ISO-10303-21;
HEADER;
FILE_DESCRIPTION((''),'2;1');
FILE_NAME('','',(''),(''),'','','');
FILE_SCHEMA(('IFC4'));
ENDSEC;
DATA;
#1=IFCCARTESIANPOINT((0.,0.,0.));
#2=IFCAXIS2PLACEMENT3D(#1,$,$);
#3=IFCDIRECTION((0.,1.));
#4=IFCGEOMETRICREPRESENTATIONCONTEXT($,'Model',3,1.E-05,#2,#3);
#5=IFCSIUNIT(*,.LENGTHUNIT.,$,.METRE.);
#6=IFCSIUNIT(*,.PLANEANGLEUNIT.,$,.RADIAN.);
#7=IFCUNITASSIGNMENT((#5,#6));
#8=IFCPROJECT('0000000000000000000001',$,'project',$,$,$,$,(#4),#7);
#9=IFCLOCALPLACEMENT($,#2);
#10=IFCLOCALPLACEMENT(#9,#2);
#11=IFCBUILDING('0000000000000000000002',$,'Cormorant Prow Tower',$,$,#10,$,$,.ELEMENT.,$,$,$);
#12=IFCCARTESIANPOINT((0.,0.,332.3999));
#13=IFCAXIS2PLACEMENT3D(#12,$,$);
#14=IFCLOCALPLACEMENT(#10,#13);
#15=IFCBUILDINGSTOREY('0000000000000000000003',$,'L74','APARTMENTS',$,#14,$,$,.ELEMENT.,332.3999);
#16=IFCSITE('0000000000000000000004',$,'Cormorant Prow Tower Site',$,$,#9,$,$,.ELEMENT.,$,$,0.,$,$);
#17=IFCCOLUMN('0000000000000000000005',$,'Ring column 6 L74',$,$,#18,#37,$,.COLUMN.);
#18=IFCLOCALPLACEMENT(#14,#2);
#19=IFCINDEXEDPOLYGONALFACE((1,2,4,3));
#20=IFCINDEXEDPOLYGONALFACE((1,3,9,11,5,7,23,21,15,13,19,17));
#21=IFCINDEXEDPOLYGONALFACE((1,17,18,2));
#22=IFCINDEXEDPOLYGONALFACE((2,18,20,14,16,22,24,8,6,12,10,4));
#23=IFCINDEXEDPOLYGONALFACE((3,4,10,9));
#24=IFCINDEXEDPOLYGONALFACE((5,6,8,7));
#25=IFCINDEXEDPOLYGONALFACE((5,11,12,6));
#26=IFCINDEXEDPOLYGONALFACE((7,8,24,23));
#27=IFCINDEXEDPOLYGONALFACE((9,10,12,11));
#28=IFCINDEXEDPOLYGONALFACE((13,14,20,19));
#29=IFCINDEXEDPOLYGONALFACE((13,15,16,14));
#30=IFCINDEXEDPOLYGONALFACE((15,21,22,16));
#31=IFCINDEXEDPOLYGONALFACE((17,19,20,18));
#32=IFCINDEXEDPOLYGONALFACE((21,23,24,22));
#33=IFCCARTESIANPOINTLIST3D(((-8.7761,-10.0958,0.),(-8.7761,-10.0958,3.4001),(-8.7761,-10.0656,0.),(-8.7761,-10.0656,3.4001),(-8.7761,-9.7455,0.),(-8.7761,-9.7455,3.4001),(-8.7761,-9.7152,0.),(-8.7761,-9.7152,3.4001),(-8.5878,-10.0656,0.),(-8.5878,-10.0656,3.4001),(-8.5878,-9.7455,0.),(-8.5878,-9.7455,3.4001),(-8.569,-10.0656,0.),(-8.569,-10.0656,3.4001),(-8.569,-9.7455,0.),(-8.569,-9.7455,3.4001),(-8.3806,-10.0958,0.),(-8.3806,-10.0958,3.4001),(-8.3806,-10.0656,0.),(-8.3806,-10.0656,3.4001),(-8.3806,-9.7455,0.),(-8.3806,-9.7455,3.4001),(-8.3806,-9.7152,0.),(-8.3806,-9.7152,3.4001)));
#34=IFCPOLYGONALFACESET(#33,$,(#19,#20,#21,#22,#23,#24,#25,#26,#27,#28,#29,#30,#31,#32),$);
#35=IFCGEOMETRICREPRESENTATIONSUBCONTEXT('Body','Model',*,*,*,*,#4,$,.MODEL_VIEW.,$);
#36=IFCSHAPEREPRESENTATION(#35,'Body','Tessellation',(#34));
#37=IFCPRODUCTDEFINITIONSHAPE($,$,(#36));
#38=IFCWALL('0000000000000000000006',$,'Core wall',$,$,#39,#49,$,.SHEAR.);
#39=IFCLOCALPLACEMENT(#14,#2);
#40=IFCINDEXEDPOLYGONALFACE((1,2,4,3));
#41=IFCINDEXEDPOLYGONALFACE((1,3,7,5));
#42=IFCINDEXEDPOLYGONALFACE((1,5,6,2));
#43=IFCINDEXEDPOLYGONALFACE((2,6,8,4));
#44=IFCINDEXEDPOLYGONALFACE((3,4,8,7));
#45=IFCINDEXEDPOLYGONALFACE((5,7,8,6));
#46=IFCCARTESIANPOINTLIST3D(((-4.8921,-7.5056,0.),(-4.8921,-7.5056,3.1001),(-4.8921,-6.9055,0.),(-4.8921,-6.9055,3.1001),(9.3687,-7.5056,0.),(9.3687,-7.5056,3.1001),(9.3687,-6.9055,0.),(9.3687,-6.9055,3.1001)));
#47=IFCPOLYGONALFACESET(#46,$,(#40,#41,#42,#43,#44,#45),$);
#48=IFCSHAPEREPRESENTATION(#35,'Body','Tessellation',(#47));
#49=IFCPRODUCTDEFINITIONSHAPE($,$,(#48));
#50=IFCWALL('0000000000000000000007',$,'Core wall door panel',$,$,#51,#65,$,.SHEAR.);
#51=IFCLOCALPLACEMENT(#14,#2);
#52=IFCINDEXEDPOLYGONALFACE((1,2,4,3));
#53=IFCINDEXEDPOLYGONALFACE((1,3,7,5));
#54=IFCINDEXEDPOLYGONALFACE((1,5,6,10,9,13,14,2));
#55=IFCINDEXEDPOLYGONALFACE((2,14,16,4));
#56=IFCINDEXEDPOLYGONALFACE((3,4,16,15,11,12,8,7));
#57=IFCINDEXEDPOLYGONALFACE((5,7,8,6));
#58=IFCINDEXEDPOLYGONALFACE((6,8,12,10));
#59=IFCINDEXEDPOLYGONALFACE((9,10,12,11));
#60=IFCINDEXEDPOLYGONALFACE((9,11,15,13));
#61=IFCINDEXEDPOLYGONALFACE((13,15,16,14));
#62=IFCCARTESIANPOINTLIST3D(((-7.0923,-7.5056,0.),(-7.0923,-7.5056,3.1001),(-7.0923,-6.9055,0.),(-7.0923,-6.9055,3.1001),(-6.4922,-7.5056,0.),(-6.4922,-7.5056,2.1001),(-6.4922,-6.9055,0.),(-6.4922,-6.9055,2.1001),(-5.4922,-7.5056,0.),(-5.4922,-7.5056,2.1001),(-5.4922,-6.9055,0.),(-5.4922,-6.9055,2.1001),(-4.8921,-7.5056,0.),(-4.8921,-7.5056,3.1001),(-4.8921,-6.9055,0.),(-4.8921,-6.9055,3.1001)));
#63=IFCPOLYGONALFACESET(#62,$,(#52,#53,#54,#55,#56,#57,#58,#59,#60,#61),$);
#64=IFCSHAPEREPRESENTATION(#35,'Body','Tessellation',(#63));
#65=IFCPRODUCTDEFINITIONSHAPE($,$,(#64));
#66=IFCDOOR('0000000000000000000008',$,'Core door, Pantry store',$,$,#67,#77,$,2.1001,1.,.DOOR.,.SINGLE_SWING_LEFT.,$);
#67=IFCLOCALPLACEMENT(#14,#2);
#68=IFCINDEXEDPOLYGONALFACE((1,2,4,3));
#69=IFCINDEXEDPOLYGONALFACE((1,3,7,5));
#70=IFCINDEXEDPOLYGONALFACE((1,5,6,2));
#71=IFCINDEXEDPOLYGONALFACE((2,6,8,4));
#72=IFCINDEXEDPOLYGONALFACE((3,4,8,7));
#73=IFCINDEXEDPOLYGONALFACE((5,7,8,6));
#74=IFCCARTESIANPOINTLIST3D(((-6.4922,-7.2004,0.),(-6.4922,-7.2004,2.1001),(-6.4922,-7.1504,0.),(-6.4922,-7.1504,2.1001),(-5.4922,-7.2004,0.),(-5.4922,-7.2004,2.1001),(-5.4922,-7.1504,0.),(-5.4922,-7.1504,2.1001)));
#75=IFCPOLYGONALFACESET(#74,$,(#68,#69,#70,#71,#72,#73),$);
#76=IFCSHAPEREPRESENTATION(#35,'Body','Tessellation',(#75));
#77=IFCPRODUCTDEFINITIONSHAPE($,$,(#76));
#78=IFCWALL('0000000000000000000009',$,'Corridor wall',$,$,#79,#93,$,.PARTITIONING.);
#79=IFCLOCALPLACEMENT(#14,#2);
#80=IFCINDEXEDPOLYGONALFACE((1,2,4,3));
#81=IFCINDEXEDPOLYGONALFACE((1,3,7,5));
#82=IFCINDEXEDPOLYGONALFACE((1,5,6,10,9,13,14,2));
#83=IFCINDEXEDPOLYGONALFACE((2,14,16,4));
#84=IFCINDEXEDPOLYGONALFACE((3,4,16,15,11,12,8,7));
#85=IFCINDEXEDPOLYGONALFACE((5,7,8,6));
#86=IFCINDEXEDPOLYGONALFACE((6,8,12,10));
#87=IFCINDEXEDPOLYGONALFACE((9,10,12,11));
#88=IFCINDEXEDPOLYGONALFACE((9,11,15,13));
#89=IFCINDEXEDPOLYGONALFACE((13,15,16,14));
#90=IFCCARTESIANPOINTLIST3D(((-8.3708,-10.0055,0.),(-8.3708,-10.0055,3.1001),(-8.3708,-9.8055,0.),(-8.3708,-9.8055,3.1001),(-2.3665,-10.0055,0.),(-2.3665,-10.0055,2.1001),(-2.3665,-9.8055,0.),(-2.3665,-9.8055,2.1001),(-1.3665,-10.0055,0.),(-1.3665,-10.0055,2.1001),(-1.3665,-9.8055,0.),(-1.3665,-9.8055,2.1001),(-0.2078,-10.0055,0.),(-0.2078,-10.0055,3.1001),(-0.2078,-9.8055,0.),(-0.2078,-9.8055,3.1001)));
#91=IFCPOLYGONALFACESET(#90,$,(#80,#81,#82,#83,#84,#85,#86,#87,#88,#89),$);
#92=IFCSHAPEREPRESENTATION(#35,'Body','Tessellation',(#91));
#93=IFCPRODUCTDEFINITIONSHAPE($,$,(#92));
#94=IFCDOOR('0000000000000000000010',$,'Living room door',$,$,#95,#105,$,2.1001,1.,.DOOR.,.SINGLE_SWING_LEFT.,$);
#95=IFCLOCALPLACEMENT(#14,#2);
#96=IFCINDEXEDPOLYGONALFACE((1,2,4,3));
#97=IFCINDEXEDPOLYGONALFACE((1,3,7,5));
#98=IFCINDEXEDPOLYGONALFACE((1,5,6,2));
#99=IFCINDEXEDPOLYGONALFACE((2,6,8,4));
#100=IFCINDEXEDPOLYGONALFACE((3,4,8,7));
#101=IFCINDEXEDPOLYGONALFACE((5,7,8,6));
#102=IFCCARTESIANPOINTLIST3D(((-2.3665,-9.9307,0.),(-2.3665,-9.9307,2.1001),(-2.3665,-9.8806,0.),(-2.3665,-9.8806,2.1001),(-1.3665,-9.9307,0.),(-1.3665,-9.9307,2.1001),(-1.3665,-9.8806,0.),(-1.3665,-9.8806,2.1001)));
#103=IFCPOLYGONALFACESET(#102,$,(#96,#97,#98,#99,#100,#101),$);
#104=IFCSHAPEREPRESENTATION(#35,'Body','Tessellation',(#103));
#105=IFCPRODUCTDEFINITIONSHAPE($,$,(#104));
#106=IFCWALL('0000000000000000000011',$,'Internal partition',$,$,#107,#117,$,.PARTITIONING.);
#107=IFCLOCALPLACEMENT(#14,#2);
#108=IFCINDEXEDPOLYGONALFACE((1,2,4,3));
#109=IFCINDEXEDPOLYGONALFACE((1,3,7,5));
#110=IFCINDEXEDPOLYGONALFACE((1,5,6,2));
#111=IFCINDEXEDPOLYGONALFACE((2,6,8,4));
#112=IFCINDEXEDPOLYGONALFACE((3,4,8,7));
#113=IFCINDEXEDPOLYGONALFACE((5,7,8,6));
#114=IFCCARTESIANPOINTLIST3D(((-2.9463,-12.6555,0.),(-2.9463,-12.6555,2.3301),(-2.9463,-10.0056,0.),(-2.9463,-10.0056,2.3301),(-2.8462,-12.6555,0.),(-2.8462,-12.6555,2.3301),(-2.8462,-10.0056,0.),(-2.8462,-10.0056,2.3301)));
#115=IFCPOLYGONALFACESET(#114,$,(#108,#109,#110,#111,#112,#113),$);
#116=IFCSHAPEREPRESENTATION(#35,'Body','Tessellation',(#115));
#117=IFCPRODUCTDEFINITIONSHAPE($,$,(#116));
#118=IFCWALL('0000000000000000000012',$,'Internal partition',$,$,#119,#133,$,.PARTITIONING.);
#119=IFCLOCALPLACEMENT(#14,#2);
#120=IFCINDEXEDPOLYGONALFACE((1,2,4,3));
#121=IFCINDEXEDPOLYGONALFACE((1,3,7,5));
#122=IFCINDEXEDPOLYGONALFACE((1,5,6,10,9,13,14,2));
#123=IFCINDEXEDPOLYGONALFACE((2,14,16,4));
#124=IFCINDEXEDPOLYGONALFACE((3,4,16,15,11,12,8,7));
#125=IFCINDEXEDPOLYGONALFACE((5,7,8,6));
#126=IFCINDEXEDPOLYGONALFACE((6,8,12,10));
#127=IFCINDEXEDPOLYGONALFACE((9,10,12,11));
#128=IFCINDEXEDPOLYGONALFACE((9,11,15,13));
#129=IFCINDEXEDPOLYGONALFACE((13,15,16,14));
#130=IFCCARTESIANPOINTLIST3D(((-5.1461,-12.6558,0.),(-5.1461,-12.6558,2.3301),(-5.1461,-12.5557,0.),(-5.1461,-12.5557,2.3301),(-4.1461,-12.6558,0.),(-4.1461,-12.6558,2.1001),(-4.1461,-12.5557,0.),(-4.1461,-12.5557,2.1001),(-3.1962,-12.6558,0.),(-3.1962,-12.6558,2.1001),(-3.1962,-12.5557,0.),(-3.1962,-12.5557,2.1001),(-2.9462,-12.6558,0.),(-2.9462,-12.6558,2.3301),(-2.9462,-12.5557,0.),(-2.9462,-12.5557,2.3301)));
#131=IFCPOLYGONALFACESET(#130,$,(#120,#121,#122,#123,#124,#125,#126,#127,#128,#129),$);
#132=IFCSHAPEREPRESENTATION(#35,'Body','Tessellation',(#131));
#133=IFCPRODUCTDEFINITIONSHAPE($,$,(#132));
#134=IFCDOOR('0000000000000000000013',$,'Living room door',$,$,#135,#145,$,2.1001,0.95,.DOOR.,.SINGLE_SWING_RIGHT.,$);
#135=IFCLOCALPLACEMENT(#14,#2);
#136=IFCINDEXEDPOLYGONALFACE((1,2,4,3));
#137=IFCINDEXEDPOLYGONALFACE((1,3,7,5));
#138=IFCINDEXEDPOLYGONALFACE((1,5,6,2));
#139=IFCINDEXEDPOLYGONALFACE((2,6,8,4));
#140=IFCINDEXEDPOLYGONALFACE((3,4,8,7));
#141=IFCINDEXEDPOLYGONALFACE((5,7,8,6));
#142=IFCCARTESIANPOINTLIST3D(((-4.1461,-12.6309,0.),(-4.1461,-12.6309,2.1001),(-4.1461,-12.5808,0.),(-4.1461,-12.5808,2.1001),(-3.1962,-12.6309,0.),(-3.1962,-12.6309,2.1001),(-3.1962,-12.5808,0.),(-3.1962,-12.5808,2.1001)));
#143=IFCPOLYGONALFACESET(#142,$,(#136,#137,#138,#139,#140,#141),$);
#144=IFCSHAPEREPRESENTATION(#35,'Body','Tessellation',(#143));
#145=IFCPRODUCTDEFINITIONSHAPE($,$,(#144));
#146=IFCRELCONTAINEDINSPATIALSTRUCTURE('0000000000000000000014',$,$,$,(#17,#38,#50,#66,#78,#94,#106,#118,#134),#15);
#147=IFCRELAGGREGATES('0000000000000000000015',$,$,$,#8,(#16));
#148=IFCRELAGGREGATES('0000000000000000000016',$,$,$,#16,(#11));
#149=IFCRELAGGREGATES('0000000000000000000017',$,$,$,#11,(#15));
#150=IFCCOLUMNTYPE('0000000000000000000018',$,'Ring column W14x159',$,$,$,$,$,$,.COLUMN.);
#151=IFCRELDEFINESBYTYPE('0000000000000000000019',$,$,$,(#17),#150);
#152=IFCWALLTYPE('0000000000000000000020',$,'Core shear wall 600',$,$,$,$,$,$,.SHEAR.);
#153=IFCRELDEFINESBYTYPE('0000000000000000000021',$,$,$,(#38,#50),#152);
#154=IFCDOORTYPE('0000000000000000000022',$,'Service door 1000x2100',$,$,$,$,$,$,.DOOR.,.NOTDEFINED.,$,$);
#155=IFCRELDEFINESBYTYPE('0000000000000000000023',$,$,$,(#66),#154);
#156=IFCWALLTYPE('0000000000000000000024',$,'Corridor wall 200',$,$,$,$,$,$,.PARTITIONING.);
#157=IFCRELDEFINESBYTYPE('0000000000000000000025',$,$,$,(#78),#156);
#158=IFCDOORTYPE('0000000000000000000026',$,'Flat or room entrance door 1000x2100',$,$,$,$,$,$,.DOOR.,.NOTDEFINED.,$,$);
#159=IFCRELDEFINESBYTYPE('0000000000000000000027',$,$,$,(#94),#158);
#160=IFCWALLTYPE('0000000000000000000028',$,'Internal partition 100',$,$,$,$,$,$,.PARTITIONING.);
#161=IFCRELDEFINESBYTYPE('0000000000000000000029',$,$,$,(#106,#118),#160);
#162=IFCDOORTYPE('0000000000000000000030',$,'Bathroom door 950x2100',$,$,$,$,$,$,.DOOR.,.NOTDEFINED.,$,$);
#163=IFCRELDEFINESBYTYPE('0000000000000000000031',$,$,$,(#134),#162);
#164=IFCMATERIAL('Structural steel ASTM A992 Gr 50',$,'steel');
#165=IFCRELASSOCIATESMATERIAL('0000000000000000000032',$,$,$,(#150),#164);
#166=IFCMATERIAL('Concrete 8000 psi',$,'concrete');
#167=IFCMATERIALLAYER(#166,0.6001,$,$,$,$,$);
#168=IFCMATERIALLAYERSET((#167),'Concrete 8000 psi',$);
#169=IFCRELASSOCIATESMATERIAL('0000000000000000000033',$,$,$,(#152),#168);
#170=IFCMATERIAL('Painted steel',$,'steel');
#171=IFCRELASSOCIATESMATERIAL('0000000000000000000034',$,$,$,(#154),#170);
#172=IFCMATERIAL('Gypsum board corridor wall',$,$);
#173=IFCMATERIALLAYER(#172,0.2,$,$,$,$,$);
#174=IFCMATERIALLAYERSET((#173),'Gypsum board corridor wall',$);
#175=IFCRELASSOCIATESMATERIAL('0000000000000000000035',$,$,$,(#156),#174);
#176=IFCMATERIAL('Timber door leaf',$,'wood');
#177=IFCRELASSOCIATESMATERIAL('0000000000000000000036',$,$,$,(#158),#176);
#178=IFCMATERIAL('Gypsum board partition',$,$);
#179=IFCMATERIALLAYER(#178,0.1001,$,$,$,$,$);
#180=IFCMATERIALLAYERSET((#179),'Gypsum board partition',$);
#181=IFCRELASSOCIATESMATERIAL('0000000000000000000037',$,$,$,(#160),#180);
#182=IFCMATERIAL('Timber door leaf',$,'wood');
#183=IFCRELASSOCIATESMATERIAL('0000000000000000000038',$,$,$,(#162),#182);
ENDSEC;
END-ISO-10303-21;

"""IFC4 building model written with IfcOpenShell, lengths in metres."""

from ifc_helpers import new_model, si_unit, direction, frame, frame_2d, origin, origin_2d, place, context, subcontext, project, spatial, rectangle, i_section, extrude, material, layer, layer_set, material_profile, profile_set, type_object, element, fill, save


model = new_model("IFC4")

# Units and contexts
model_context = context("Model", 3, precision=1e-05, world=origin(), true_north=direction((0.0, 1.0)))
body_context = subcontext(model_context, "Body", "Model", "MODEL_VIEW")
ifc_project = project(units=[si_unit("LENGTHUNIT", "METRE"), si_unit("PLANEANGLEUNIT", "RADIAN")], contexts=[model_context])

# Site, building, storey
site_placement = place(None, origin())
site = spatial("IfcSite", under=ifc_project, at=site_placement, Name="Cormorant Prow Tower Site", CompositionType="ELEMENT", RefElevation=0.0)
building_placement = place(site_placement, origin())
building = spatial("IfcBuilding", under=site, at=building_placement, Name="Cormorant Prow Tower", CompositionType="ELEMENT")
storey_placement = place(building_placement, frame((0.0, 0.0, 332.3999)))
storey = spatial("IfcBuildingStorey", under=building, at=storey_placement, Name="L74", Description="APARTMENTS", CompositionType="ELEMENT", Elevation=332.3999)

# Column
ifc_material_1 = material(Name="Structural steel ASTM A992 Gr 50", Category="steel")
ifc_material_profile = material_profile(ifc_material_1, i_section(OverallWidth=0.3955, OverallDepth=0.3806, WebThickness=0.0188, FlangeThickness=0.0303, at=origin_2d()), Name="W14x159")
ifc_profile_set = profile_set([ifc_material_profile], Name="Structural steel ASTM A992 Gr 50")
column_type = type_object("IfcColumnType", Name="Ring column W14x159", PredefinedType="COLUMN", material=ifc_profile_set)
column_placement = place(storey_placement, frame((-8.5784, -9.9055, 0.0), z_axis=(0.0, 0.0, 1.0), x_axis=(1.0, 0.0, 0.0)))
element("IfcColumn", 1, at=column_placement, inside=storey, type_object=column_type, Name="Ring column 6 L74", PredefinedType="COLUMN", context=body_context, shape_type="SweptSolid", body=[
    extrude(i_section(OverallWidth=0.3955, OverallDepth=0.3806, WebThickness=0.0188, FlangeThickness=0.0303, at=origin_2d()), origin(), (0.0, 0.0, 1.0), 3.4001),
])

# Wall
ifc_material_2 = material(Name="Concrete 8000 psi", Category="concrete")
ifc_layer_1 = layer(ifc_material_2, 0.6001)
ifc_layer_set_1 = layer_set([ifc_layer_1], Name="Concrete 8000 psi")
wall_type_1 = type_object("IfcWallType", Name="Core shear wall 600", PredefinedType="SHEAR", material=ifc_layer_set_1)
wall_1_placement = place(storey_placement, frame((-4.8921, -7.2056, 0.0), z_axis=(0.0, 0.0, 1.0), x_axis=(1.0, 0.0, 0.0)))
element("IfcWall", 2, at=wall_1_placement, inside=storey, type_object=wall_type_1, Name="Core wall", PredefinedType="SHEAR", context=body_context, shape_type="SweptSolid", body=[
    extrude(rectangle(XDim=14.2607, YDim=0.6001, at=frame_2d((7.1304, 0.0))), origin(), (0.0, 0.0, 1.0), 3.1001),
])

# Walls, openings, doors
wall_2_placement = place(storey_placement, frame((-7.0923, -7.2056, 0.0), z_axis=(0.0, 0.0, 1.0), x_axis=(1.0, 0.0, 0.0)))
wall_2 = element("IfcWall", 3, at=wall_2_placement, inside=storey, type_object=wall_type_1, Name="Core wall door panel", PredefinedType="SHEAR", context=body_context, shape_type="SweptSolid", body=[
    extrude(rectangle(XDim=2.2002, YDim=0.6001, at=frame_2d((1.1001, 0.0))), origin(), (0.0, 0.0, 1.0), 3.1001),
])
opening_1_placement = place(wall_2_placement, frame((0.6001, 0.0, 0.0)))
opening_1 = element("IfcOpeningElement", 4, at=opening_1_placement, cuts=wall_2, PredefinedType="OPENING", context=body_context, shape_type="SweptSolid", body=[
    extrude(rectangle(XDim=1.0, YDim=2.1001, at=frame_2d((0.5, 1.05))), frame((0.0, 0.3101, 0.0), z_axis=(0.0, -1.0, 0.0), x_axis=(1.0, 0.0, 0.0)), (0.0, 0.0, 1.0), 0.6201),
])
ifc_material_3 = material(Name="Painted steel", Category="steel")
door_type_1 = type_object("IfcDoorType", Name="Service door 1000x2100", OperationType="NOTDEFINED", PredefinedType="DOOR", material=ifc_material_3)
door_1_placement = place(opening_1_placement, origin())
door_1 = element("IfcDoor", 5, at=door_1_placement, inside=storey, type_object=door_type_1, Name="Core door, Pantry store", OperationType="SINGLE_SWING_LEFT", OverallHeight=2.1001, OverallWidth=1.0, PredefinedType="DOOR", context=body_context, shape_type="SweptSolid", body=[
    extrude(rectangle(XDim=1.0, YDim=2.1001, at=frame_2d((0.5, 1.05))), frame((0.0, 0.0552, 0.0), z_axis=(0.0, -1.0, 0.0), x_axis=(1.0, 0.0, 0.0)), (0.0, 0.0, 1.0), 0.05),
])
fill(opening_1, door_1)
ifc_material_4 = material(Name="Gypsum board corridor wall")
ifc_layer_2 = layer(ifc_material_4, 0.2)
ifc_layer_set_2 = layer_set([ifc_layer_2], Name="Gypsum board corridor wall")
wall_type_2 = type_object("IfcWallType", Name="Corridor wall 200", PredefinedType="PARTITIONING", material=ifc_layer_set_2)
wall_3_placement = place(storey_placement, frame((-8.3708, -9.9055, 0.0), z_axis=(0.0, 0.0, 1.0), x_axis=(1.0, 0.0, 0.0)))
wall_3 = element("IfcWall", 6, at=wall_3_placement, inside=storey, type_object=wall_type_2, Name="Corridor wall", PredefinedType="PARTITIONING", context=body_context, shape_type="SweptSolid", body=[
    extrude(rectangle(XDim=8.1631, YDim=0.2, at=frame_2d((4.0815, 0.0))), origin(), (0.0, 0.0, 1.0), 3.1001),
])
opening_2_placement = place(wall_3_placement, frame((6.0044, 0.0, 0.0)))
opening_2 = element("IfcOpeningElement", 7, at=opening_2_placement, cuts=wall_3, PredefinedType="OPENING", context=body_context, shape_type="SweptSolid", body=[
    extrude(rectangle(XDim=1.0, YDim=2.1001, at=frame_2d((0.5, 1.05))), frame((0.0, 0.1099, 0.0), z_axis=(0.0, -1.0, 0.0), x_axis=(1.0, 0.0, 0.0)), (0.0, 0.0, 1.0), 0.22),
])
ifc_material_5 = material(Name="Timber door leaf", Category="wood")
door_type_2 = type_object("IfcDoorType", Name="Flat or room entrance door 1000x2100", OperationType="NOTDEFINED", PredefinedType="DOOR", material=ifc_material_5)
door_2_placement = place(opening_2_placement, origin())
door_2 = element("IfcDoor", 8, at=door_2_placement, inside=storey, type_object=door_type_2, Name="Living room door", OperationType="SINGLE_SWING_LEFT", OverallHeight=2.1001, OverallWidth=1.0, PredefinedType="DOOR", context=body_context, shape_type="SweptSolid", body=[
    extrude(rectangle(XDim=1.0, YDim=2.1001, at=frame_2d((0.5, 1.05))), frame((0.0, 0.0249, 0.0), z_axis=(0.0, -1.0, 0.0), x_axis=(1.0, 0.0, 0.0)), (0.0, 0.0, 1.0), 0.05),
])
fill(opening_2, door_2)

# Wall
ifc_material_6 = material(Name="Gypsum board partition")
ifc_layer_3 = layer(ifc_material_6, 0.1001)
ifc_layer_set_3 = layer_set([ifc_layer_3], Name="Gypsum board partition")
wall_type_3 = type_object("IfcWallType", Name="Internal partition 100", PredefinedType="PARTITIONING", material=ifc_layer_set_3)
wall_4_placement = place(storey_placement, frame((-2.8962, -12.6555, 0.0), z_axis=(0.0, 0.0, 1.0), x_axis=(0.0, 1.0, 0.0)))
element("IfcWall", 9, at=wall_4_placement, inside=storey, type_object=wall_type_3, Name="Internal partition", PredefinedType="PARTITIONING", context=body_context, shape_type="SweptSolid", body=[
    extrude(rectangle(XDim=2.6499, YDim=0.1001, at=frame_2d((1.325, 0.0))), origin(), (0.0, 0.0, 1.0), 2.3301),
])

# Wall, opening, door
wall_5_placement = place(storey_placement, frame((-5.1462, -12.6057, 0.0), z_axis=(0.0, 0.0, 1.0), x_axis=(1.0, 0.0, 0.0)))
wall_5 = element("IfcWall", 10, at=wall_5_placement, inside=storey, type_object=wall_type_3, Name="Internal partition", PredefinedType="PARTITIONING", context=body_context, shape_type="SweptSolid", body=[
    extrude(rectangle(XDim=2.2, YDim=0.1001, at=frame_2d((1.1001, 0.0))), origin(), (0.0, 0.0, 1.0), 2.3301),
])
opening_3_placement = place(wall_5_placement, frame((1.0, 0.0, 0.0)))
opening_3 = element("IfcOpeningElement", 11, at=opening_3_placement, cuts=wall_5, PredefinedType="OPENING", context=body_context, shape_type="SweptSolid", body=[
    extrude(rectangle(XDim=0.95, YDim=2.1001, at=frame_2d((0.4751, 1.05))), frame((0.0, 0.0601, 0.0), z_axis=(0.0, -1.0, 0.0), x_axis=(1.0, 0.0, 0.0)), (0.0, 0.0, 1.0), 0.1201),
])
ifc_material_7 = material(Name="Timber door leaf", Category="wood")
door_type_3 = type_object("IfcDoorType", Name="Bathroom door 950x2100", OperationType="NOTDEFINED", PredefinedType="DOOR", material=ifc_material_7)
door_3_placement = place(opening_3_placement, origin())
door_3 = element("IfcDoor", 12, at=door_3_placement, inside=storey, type_object=door_type_3, Name="Living room door", OperationType="SINGLE_SWING_RIGHT", OverallHeight=2.1001, OverallWidth=0.95, PredefinedType="DOOR", context=body_context, shape_type="SweptSolid", body=[
    extrude(rectangle(XDim=0.95, YDim=2.1001, at=frame_2d((0.4751, 1.05))), frame((0.0, 0.0249, 0.0), z_axis=(0.0, -1.0, 0.0), x_axis=(1.0, 0.0, 0.0)), (0.0, 0.0, 1.0), 0.05),
])
fill(opening_3, door_3)

save(model, "model.ifc")
